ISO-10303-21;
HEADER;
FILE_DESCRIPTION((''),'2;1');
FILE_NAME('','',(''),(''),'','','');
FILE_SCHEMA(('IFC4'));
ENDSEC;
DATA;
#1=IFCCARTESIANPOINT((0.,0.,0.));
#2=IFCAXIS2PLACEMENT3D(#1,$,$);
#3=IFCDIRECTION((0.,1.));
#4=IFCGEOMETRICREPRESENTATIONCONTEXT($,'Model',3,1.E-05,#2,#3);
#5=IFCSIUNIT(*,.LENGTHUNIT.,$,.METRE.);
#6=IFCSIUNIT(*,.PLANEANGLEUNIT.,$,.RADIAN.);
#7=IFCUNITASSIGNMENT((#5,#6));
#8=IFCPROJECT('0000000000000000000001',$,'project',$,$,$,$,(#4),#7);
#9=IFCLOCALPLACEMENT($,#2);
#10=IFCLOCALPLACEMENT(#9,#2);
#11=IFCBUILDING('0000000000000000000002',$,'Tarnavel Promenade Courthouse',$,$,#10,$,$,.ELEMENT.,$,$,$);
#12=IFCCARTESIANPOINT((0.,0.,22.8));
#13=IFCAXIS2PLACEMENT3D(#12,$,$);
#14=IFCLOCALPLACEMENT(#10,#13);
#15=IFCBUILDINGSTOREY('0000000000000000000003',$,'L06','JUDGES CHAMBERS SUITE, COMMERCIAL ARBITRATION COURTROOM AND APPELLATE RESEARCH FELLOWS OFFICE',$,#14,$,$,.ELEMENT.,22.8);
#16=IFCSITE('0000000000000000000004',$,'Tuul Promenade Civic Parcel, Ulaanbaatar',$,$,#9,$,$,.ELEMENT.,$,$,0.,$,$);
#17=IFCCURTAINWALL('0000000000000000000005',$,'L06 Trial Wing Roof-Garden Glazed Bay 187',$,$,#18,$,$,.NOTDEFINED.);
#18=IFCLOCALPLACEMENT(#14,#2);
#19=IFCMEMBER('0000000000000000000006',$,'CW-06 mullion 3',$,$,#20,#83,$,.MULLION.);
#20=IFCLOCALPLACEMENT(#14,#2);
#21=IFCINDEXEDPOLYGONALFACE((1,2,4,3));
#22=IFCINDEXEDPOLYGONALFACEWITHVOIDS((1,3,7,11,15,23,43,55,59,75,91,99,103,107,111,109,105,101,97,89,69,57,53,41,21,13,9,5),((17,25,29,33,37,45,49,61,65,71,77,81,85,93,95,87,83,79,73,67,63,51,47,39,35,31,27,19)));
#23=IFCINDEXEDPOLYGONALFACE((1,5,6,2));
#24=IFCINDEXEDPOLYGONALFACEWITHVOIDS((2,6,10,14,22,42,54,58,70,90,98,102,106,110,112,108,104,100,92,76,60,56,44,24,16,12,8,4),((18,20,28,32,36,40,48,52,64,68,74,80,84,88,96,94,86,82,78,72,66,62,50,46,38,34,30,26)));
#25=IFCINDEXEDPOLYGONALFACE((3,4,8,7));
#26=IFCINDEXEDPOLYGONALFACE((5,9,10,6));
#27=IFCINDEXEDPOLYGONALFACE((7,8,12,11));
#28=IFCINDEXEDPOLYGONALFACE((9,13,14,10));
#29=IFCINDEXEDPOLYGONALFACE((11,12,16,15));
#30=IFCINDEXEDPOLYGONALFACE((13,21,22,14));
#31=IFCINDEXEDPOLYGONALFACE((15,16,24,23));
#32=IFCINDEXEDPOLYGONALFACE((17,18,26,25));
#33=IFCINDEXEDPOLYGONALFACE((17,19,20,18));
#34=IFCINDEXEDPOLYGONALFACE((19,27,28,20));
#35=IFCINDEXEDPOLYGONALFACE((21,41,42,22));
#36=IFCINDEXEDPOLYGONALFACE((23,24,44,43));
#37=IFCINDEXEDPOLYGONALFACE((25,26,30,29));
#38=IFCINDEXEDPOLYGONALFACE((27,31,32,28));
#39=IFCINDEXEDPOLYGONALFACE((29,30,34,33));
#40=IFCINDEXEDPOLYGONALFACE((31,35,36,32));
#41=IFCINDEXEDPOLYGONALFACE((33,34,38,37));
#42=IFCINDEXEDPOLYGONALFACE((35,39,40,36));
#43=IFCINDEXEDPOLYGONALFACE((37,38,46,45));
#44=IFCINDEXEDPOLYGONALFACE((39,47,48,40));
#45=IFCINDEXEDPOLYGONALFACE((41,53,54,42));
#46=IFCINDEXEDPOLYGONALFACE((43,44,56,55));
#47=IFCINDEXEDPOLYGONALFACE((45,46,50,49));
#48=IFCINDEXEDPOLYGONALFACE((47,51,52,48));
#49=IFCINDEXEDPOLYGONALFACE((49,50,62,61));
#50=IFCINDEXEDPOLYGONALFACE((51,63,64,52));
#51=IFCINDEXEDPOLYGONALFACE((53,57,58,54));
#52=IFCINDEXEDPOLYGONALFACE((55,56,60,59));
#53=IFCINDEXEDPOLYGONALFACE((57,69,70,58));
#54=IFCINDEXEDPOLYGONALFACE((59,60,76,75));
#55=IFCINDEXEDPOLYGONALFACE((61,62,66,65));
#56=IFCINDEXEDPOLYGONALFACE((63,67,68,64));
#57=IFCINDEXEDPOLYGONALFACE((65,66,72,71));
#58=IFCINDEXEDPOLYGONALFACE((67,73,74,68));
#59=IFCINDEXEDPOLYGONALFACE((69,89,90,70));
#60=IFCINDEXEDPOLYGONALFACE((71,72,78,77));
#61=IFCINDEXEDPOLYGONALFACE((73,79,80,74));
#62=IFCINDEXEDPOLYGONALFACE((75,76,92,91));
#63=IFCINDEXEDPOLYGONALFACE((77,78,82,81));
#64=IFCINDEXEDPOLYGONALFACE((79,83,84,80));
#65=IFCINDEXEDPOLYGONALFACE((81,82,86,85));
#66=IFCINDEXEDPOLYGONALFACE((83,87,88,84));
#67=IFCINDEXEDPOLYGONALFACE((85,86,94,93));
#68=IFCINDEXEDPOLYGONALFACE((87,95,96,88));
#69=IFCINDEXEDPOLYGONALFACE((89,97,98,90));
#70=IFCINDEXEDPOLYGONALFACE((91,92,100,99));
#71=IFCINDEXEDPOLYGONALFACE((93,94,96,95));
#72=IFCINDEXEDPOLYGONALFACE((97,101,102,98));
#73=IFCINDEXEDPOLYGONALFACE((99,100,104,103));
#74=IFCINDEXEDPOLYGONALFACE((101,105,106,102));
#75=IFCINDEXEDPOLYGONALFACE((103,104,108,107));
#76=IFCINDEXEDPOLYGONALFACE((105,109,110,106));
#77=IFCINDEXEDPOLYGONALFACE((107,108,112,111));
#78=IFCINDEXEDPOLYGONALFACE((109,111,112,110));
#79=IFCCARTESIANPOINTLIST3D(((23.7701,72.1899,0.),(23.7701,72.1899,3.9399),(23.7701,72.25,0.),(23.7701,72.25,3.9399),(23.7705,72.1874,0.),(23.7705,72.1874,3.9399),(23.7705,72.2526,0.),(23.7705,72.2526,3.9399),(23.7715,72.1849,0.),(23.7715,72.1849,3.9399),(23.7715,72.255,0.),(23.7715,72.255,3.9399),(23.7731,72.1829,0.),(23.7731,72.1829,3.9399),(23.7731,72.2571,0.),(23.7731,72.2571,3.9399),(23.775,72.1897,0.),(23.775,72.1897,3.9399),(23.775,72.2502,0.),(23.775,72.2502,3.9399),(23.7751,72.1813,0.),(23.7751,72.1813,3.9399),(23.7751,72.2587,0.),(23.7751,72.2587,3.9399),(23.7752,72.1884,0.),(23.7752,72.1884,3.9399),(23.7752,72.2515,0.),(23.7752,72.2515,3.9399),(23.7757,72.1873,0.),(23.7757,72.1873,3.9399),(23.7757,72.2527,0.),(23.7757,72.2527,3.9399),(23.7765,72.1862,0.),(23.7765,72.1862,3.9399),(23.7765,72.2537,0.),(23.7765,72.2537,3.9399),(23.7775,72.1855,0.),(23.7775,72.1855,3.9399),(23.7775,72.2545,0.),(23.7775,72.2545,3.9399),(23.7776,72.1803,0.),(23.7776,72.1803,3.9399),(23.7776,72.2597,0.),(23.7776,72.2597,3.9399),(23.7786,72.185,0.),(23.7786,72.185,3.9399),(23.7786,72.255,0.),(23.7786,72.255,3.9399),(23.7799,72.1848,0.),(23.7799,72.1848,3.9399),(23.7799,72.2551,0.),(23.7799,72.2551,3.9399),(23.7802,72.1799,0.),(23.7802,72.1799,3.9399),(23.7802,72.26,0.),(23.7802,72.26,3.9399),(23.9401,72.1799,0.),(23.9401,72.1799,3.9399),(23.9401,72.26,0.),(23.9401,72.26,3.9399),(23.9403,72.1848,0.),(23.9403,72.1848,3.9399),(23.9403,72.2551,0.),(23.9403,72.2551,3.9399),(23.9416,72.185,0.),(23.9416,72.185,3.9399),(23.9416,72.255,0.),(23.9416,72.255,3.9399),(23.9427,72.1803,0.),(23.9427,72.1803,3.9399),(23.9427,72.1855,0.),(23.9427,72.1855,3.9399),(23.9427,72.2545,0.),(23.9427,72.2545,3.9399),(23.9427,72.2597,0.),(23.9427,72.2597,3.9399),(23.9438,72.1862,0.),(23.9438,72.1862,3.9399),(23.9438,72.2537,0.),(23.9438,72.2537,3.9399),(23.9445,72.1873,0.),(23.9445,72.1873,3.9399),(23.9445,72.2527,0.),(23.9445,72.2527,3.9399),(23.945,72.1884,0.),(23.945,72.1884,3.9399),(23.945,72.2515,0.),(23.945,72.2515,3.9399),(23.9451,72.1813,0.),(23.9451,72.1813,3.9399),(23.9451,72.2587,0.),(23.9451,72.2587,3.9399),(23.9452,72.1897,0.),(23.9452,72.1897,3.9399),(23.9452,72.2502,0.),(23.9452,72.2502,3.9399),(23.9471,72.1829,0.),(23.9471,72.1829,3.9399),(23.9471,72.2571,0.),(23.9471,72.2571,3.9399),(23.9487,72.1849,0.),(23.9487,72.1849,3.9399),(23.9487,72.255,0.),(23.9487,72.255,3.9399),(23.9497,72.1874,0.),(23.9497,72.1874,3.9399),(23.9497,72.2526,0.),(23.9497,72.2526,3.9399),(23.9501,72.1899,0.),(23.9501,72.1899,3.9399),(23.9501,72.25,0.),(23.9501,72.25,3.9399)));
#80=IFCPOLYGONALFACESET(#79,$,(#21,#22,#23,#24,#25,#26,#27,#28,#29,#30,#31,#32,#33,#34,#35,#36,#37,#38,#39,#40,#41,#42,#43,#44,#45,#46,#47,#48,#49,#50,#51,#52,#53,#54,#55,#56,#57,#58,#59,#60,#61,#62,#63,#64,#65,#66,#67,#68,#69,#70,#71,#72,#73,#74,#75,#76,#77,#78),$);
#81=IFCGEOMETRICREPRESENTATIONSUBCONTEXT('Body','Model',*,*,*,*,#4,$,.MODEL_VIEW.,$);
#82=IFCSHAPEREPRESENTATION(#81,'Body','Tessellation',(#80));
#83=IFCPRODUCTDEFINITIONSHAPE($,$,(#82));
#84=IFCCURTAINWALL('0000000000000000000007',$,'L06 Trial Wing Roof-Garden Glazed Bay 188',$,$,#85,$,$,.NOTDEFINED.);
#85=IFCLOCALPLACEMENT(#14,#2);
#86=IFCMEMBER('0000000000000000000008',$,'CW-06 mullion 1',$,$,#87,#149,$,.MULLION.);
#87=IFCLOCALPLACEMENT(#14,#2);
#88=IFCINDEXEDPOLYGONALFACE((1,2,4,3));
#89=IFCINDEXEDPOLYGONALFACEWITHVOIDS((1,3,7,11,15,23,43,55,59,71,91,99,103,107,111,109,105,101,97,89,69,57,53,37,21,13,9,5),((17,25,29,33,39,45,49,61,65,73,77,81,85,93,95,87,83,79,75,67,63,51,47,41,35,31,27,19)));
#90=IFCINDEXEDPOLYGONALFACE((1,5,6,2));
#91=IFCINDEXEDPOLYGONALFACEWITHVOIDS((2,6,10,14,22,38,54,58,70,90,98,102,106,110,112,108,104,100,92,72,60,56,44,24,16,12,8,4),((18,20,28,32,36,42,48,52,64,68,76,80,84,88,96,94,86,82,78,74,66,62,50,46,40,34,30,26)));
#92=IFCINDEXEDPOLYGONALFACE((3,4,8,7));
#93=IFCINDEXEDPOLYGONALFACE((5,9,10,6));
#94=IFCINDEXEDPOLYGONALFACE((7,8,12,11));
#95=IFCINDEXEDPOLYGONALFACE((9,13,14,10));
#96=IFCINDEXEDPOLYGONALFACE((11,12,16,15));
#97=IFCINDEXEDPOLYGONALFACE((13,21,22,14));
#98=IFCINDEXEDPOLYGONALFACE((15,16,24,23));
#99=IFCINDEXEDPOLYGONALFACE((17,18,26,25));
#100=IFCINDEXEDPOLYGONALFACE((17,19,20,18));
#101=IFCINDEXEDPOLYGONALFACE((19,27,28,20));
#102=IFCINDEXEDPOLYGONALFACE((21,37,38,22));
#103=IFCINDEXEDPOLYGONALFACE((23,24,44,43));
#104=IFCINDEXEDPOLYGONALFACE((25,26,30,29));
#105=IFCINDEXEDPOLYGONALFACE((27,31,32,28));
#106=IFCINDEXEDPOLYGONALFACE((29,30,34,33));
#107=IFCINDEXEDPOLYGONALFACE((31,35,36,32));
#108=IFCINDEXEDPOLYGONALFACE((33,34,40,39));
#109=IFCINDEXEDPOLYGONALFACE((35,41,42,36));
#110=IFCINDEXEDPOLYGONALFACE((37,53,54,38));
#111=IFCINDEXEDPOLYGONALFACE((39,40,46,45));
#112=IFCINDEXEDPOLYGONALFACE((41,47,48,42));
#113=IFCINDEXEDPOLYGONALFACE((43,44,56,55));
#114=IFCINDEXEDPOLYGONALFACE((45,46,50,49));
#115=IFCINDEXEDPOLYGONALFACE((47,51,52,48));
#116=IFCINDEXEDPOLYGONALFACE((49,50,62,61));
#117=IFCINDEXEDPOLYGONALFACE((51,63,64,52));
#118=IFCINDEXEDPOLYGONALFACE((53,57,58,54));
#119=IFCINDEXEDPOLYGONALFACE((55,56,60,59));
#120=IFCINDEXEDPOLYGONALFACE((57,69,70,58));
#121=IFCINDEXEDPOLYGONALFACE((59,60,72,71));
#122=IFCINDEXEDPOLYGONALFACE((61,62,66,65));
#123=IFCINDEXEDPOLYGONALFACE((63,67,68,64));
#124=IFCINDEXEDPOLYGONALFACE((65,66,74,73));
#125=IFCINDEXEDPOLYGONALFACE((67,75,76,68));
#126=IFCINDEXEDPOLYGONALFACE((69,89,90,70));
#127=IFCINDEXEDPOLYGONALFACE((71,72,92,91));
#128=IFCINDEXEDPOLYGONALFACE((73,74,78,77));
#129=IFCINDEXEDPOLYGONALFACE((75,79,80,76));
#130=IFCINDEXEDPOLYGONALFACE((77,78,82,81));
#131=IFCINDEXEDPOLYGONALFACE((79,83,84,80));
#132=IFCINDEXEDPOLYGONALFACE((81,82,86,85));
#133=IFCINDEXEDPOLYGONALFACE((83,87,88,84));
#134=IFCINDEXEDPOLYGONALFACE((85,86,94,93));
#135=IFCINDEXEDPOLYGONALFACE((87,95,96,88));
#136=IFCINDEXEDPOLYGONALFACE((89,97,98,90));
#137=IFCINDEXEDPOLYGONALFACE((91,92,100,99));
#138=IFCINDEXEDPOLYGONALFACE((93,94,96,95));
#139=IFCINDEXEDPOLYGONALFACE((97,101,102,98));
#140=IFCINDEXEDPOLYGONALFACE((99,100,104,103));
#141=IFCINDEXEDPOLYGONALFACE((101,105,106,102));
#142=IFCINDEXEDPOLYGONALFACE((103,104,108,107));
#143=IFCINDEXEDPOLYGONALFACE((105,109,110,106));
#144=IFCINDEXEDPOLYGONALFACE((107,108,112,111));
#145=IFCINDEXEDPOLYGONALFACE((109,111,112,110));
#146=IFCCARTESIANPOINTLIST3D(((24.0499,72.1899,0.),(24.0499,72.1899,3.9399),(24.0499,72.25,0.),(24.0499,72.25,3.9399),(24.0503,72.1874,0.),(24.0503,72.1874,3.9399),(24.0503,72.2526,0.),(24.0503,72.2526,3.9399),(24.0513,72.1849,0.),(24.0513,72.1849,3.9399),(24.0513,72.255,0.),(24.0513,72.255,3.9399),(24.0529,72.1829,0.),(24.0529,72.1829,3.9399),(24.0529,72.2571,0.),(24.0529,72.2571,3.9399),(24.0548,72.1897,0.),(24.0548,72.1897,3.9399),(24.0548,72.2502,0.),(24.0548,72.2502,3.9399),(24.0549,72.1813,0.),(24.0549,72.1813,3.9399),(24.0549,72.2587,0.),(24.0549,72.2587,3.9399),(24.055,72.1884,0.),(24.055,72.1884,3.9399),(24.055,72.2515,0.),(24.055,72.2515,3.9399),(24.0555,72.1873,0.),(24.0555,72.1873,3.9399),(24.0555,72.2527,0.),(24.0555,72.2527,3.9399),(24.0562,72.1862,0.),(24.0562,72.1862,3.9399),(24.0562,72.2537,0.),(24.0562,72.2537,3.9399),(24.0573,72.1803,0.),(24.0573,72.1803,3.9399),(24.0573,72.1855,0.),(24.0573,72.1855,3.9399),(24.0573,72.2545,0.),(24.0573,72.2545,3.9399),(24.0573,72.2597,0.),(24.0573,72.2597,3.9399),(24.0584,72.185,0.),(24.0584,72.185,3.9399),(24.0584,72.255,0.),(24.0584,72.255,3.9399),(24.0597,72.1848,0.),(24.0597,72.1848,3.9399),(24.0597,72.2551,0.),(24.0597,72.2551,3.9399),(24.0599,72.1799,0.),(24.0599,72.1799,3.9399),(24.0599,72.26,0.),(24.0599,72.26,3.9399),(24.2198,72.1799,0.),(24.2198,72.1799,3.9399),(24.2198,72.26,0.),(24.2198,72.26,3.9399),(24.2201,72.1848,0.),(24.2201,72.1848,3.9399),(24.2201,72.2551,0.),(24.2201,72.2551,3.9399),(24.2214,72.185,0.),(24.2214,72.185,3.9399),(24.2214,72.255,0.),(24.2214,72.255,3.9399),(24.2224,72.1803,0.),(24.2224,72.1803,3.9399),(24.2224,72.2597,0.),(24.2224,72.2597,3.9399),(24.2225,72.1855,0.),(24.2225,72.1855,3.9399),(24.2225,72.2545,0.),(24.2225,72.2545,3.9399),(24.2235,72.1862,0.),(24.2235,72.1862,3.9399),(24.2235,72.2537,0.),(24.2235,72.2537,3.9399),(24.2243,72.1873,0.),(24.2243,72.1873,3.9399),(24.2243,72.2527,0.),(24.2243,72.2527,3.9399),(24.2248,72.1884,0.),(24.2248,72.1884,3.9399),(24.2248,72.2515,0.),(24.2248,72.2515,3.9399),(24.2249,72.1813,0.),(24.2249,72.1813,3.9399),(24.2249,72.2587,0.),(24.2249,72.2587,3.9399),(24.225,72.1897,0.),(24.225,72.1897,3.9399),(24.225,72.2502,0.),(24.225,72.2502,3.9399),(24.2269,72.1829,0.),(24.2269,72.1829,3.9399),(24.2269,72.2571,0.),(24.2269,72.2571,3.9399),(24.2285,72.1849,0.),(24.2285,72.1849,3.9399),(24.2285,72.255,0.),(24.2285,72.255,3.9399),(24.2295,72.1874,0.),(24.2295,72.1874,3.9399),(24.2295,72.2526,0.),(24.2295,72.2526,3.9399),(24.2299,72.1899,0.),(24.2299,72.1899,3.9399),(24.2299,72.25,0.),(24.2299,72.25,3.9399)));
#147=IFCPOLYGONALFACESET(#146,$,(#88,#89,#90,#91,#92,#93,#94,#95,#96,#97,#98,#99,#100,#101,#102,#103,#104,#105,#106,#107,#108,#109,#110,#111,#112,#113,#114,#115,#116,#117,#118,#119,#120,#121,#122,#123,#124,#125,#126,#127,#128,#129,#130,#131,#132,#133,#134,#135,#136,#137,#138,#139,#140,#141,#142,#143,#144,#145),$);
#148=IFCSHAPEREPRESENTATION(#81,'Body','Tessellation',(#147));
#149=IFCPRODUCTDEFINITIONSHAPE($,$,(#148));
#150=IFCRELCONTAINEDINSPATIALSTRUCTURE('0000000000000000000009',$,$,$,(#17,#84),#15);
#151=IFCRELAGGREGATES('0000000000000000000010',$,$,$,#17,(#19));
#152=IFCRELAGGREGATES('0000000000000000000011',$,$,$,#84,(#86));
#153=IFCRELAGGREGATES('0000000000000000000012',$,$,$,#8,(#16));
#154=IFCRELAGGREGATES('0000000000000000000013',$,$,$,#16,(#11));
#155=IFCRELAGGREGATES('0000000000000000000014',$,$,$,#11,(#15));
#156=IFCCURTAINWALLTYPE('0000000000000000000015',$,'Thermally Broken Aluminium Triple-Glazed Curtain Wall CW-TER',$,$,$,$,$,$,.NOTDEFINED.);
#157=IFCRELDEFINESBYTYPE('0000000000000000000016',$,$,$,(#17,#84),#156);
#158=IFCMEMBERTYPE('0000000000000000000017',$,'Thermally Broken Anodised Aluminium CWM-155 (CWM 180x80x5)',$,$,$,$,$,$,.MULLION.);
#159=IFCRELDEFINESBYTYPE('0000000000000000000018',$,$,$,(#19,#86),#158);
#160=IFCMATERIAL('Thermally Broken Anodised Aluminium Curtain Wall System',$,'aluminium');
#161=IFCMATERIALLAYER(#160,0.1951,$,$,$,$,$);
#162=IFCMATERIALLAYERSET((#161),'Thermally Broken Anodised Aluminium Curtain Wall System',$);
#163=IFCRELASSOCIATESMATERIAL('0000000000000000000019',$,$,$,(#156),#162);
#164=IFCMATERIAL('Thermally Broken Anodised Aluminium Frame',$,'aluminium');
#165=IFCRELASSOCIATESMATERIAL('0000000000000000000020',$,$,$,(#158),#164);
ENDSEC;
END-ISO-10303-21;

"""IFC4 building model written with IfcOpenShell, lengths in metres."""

from ifc_helpers import new_model, si_unit, direction, frame, origin, origin_2d, place, context, subcontext, project, spatial, hollow_rectangle, extrude, material, layer, layer_set, material_profile, profile_set, type_object, element, aggregate, save


model = new_model("IFC4")

# Units and contexts
model_context = context("Model", 3, precision=1e-05, world=origin(), true_north=direction((0.0, 1.0)))
body_context = subcontext(model_context, "Body", "Model", "MODEL_VIEW")
ifc_project = project(units=[si_unit("LENGTHUNIT", "METRE"), si_unit("PLANEANGLEUNIT", "RADIAN")], contexts=[model_context])

# Site, building, storey
site_placement = place(None, origin())
site = spatial("IfcSite", under=ifc_project, at=site_placement, Name="Tuul Promenade Civic Parcel, Ulaanbaatar", CompositionType="ELEMENT", RefElevation=0.0)
building_placement = place(site_placement, origin())
building = spatial("IfcBuilding", under=site, at=building_placement, Name="Tarnavel Promenade Courthouse", CompositionType="ELEMENT")
storey_placement = place(building_placement, frame((0.0, 0.0, 22.8)))
storey = spatial("IfcBuildingStorey", under=building, at=storey_placement, Name="L06", Description="JUDGES CHAMBERS SUITE, COMMERCIAL ARBITRATION COURTROOM AND APPELLATE RESEARCH FELLOWS OFFICE", CompositionType="ELEMENT", Elevation=22.8)

# Shared definitions
ifc_material_1 = material(Name="Thermally Broken Anodised Aluminium Curtain Wall System", Category="aluminium")
ifc_layer_1 = layer(ifc_material_1, 0.1951)
ifc_layer_set_1 = layer_set([ifc_layer_1], Name="Thermally Broken Anodised Aluminium Curtain Wall System")
curtain_wall_type = type_object("IfcCurtainWallType", Name="Thermally Broken Aluminium Triple-Glazed Curtain Wall CW-TER", PredefinedType="NOTDEFINED", material=ifc_layer_set_1)
ifc_material_2 = material(Name="Thermally Broken Anodised Aluminium Frame", Category="aluminium")
ifc_material_profile_1 = material_profile(ifc_material_2, hollow_rectangle(XDim=0.0801, YDim=0.1799, WallThickness=0.0049, InnerFilletRadius=0.0049, OuterFilletRadius=0.01, at=origin_2d()), Name="CWM 180x80x5")
ifc_profile_set_1 = profile_set([ifc_material_profile_1], Name="Thermally Broken Anodised Aluminium Frame")
member_type_1 = type_object("IfcMemberType", Name="Thermally Broken Anodised Aluminium CWM-155 (CWM 180x80x5)", PredefinedType="MULLION", material=ifc_profile_set_1)

# Curtain walls, members
curtain_wall_1_placement = place(storey_placement, origin())
curtain_wall_1 = element("IfcCurtainWall", 1, at=curtain_wall_1_placement, inside=storey, type_object=curtain_wall_type, Name="L06 Trial Wing Roof-Garden Glazed Bay 187", PredefinedType="NOTDEFINED")
member_1_placement = place(storey_placement, frame((23.8601, 72.22, 0.0), z_axis=(0.0, 0.0, 1.0), x_axis=(0.0, 1.0, 0.0)))
member_1 = element("IfcMember", 2, at=member_1_placement, type_object=member_type_1, Name="CW-06 mullion 3", PredefinedType="MULLION", context=body_context, shape_type="SweptSolid", body=[
    extrude(hollow_rectangle(XDim=0.0801, YDim=0.1799, WallThickness=0.0049, InnerFilletRadius=0.0049, OuterFilletRadius=0.01, at=origin_2d()), origin(), (0.0, 0.0, 1.0), 3.9399),
])
curtain_wall_2_placement = place(storey_placement, origin())
curtain_wall_2 = element("IfcCurtainWall", 3, at=curtain_wall_2_placement, inside=storey, type_object=curtain_wall_type, Name="L06 Trial Wing Roof-Garden Glazed Bay 188", PredefinedType="NOTDEFINED")
member_2_placement = place(storey_placement, frame((24.1399, 72.22, 0.0), z_axis=(0.0, 0.0, 1.0), x_axis=(0.0, 1.0, 0.0)))
member_2 = element("IfcMember", 4, at=member_2_placement, type_object=member_type_1, Name="CW-06 mullion 1", PredefinedType="MULLION", context=body_context, shape_type="SweptSolid", body=[
    extrude(hollow_rectangle(XDim=0.0801, YDim=0.1799, WallThickness=0.0049, InnerFilletRadius=0.0049, OuterFilletRadius=0.01, at=origin_2d()), origin(), (0.0, 0.0, 1.0), 3.9399),
])

aggregate(curtain_wall_1, [member_1])
aggregate(curtain_wall_2, [member_2])

save(model, "model.ifc")
